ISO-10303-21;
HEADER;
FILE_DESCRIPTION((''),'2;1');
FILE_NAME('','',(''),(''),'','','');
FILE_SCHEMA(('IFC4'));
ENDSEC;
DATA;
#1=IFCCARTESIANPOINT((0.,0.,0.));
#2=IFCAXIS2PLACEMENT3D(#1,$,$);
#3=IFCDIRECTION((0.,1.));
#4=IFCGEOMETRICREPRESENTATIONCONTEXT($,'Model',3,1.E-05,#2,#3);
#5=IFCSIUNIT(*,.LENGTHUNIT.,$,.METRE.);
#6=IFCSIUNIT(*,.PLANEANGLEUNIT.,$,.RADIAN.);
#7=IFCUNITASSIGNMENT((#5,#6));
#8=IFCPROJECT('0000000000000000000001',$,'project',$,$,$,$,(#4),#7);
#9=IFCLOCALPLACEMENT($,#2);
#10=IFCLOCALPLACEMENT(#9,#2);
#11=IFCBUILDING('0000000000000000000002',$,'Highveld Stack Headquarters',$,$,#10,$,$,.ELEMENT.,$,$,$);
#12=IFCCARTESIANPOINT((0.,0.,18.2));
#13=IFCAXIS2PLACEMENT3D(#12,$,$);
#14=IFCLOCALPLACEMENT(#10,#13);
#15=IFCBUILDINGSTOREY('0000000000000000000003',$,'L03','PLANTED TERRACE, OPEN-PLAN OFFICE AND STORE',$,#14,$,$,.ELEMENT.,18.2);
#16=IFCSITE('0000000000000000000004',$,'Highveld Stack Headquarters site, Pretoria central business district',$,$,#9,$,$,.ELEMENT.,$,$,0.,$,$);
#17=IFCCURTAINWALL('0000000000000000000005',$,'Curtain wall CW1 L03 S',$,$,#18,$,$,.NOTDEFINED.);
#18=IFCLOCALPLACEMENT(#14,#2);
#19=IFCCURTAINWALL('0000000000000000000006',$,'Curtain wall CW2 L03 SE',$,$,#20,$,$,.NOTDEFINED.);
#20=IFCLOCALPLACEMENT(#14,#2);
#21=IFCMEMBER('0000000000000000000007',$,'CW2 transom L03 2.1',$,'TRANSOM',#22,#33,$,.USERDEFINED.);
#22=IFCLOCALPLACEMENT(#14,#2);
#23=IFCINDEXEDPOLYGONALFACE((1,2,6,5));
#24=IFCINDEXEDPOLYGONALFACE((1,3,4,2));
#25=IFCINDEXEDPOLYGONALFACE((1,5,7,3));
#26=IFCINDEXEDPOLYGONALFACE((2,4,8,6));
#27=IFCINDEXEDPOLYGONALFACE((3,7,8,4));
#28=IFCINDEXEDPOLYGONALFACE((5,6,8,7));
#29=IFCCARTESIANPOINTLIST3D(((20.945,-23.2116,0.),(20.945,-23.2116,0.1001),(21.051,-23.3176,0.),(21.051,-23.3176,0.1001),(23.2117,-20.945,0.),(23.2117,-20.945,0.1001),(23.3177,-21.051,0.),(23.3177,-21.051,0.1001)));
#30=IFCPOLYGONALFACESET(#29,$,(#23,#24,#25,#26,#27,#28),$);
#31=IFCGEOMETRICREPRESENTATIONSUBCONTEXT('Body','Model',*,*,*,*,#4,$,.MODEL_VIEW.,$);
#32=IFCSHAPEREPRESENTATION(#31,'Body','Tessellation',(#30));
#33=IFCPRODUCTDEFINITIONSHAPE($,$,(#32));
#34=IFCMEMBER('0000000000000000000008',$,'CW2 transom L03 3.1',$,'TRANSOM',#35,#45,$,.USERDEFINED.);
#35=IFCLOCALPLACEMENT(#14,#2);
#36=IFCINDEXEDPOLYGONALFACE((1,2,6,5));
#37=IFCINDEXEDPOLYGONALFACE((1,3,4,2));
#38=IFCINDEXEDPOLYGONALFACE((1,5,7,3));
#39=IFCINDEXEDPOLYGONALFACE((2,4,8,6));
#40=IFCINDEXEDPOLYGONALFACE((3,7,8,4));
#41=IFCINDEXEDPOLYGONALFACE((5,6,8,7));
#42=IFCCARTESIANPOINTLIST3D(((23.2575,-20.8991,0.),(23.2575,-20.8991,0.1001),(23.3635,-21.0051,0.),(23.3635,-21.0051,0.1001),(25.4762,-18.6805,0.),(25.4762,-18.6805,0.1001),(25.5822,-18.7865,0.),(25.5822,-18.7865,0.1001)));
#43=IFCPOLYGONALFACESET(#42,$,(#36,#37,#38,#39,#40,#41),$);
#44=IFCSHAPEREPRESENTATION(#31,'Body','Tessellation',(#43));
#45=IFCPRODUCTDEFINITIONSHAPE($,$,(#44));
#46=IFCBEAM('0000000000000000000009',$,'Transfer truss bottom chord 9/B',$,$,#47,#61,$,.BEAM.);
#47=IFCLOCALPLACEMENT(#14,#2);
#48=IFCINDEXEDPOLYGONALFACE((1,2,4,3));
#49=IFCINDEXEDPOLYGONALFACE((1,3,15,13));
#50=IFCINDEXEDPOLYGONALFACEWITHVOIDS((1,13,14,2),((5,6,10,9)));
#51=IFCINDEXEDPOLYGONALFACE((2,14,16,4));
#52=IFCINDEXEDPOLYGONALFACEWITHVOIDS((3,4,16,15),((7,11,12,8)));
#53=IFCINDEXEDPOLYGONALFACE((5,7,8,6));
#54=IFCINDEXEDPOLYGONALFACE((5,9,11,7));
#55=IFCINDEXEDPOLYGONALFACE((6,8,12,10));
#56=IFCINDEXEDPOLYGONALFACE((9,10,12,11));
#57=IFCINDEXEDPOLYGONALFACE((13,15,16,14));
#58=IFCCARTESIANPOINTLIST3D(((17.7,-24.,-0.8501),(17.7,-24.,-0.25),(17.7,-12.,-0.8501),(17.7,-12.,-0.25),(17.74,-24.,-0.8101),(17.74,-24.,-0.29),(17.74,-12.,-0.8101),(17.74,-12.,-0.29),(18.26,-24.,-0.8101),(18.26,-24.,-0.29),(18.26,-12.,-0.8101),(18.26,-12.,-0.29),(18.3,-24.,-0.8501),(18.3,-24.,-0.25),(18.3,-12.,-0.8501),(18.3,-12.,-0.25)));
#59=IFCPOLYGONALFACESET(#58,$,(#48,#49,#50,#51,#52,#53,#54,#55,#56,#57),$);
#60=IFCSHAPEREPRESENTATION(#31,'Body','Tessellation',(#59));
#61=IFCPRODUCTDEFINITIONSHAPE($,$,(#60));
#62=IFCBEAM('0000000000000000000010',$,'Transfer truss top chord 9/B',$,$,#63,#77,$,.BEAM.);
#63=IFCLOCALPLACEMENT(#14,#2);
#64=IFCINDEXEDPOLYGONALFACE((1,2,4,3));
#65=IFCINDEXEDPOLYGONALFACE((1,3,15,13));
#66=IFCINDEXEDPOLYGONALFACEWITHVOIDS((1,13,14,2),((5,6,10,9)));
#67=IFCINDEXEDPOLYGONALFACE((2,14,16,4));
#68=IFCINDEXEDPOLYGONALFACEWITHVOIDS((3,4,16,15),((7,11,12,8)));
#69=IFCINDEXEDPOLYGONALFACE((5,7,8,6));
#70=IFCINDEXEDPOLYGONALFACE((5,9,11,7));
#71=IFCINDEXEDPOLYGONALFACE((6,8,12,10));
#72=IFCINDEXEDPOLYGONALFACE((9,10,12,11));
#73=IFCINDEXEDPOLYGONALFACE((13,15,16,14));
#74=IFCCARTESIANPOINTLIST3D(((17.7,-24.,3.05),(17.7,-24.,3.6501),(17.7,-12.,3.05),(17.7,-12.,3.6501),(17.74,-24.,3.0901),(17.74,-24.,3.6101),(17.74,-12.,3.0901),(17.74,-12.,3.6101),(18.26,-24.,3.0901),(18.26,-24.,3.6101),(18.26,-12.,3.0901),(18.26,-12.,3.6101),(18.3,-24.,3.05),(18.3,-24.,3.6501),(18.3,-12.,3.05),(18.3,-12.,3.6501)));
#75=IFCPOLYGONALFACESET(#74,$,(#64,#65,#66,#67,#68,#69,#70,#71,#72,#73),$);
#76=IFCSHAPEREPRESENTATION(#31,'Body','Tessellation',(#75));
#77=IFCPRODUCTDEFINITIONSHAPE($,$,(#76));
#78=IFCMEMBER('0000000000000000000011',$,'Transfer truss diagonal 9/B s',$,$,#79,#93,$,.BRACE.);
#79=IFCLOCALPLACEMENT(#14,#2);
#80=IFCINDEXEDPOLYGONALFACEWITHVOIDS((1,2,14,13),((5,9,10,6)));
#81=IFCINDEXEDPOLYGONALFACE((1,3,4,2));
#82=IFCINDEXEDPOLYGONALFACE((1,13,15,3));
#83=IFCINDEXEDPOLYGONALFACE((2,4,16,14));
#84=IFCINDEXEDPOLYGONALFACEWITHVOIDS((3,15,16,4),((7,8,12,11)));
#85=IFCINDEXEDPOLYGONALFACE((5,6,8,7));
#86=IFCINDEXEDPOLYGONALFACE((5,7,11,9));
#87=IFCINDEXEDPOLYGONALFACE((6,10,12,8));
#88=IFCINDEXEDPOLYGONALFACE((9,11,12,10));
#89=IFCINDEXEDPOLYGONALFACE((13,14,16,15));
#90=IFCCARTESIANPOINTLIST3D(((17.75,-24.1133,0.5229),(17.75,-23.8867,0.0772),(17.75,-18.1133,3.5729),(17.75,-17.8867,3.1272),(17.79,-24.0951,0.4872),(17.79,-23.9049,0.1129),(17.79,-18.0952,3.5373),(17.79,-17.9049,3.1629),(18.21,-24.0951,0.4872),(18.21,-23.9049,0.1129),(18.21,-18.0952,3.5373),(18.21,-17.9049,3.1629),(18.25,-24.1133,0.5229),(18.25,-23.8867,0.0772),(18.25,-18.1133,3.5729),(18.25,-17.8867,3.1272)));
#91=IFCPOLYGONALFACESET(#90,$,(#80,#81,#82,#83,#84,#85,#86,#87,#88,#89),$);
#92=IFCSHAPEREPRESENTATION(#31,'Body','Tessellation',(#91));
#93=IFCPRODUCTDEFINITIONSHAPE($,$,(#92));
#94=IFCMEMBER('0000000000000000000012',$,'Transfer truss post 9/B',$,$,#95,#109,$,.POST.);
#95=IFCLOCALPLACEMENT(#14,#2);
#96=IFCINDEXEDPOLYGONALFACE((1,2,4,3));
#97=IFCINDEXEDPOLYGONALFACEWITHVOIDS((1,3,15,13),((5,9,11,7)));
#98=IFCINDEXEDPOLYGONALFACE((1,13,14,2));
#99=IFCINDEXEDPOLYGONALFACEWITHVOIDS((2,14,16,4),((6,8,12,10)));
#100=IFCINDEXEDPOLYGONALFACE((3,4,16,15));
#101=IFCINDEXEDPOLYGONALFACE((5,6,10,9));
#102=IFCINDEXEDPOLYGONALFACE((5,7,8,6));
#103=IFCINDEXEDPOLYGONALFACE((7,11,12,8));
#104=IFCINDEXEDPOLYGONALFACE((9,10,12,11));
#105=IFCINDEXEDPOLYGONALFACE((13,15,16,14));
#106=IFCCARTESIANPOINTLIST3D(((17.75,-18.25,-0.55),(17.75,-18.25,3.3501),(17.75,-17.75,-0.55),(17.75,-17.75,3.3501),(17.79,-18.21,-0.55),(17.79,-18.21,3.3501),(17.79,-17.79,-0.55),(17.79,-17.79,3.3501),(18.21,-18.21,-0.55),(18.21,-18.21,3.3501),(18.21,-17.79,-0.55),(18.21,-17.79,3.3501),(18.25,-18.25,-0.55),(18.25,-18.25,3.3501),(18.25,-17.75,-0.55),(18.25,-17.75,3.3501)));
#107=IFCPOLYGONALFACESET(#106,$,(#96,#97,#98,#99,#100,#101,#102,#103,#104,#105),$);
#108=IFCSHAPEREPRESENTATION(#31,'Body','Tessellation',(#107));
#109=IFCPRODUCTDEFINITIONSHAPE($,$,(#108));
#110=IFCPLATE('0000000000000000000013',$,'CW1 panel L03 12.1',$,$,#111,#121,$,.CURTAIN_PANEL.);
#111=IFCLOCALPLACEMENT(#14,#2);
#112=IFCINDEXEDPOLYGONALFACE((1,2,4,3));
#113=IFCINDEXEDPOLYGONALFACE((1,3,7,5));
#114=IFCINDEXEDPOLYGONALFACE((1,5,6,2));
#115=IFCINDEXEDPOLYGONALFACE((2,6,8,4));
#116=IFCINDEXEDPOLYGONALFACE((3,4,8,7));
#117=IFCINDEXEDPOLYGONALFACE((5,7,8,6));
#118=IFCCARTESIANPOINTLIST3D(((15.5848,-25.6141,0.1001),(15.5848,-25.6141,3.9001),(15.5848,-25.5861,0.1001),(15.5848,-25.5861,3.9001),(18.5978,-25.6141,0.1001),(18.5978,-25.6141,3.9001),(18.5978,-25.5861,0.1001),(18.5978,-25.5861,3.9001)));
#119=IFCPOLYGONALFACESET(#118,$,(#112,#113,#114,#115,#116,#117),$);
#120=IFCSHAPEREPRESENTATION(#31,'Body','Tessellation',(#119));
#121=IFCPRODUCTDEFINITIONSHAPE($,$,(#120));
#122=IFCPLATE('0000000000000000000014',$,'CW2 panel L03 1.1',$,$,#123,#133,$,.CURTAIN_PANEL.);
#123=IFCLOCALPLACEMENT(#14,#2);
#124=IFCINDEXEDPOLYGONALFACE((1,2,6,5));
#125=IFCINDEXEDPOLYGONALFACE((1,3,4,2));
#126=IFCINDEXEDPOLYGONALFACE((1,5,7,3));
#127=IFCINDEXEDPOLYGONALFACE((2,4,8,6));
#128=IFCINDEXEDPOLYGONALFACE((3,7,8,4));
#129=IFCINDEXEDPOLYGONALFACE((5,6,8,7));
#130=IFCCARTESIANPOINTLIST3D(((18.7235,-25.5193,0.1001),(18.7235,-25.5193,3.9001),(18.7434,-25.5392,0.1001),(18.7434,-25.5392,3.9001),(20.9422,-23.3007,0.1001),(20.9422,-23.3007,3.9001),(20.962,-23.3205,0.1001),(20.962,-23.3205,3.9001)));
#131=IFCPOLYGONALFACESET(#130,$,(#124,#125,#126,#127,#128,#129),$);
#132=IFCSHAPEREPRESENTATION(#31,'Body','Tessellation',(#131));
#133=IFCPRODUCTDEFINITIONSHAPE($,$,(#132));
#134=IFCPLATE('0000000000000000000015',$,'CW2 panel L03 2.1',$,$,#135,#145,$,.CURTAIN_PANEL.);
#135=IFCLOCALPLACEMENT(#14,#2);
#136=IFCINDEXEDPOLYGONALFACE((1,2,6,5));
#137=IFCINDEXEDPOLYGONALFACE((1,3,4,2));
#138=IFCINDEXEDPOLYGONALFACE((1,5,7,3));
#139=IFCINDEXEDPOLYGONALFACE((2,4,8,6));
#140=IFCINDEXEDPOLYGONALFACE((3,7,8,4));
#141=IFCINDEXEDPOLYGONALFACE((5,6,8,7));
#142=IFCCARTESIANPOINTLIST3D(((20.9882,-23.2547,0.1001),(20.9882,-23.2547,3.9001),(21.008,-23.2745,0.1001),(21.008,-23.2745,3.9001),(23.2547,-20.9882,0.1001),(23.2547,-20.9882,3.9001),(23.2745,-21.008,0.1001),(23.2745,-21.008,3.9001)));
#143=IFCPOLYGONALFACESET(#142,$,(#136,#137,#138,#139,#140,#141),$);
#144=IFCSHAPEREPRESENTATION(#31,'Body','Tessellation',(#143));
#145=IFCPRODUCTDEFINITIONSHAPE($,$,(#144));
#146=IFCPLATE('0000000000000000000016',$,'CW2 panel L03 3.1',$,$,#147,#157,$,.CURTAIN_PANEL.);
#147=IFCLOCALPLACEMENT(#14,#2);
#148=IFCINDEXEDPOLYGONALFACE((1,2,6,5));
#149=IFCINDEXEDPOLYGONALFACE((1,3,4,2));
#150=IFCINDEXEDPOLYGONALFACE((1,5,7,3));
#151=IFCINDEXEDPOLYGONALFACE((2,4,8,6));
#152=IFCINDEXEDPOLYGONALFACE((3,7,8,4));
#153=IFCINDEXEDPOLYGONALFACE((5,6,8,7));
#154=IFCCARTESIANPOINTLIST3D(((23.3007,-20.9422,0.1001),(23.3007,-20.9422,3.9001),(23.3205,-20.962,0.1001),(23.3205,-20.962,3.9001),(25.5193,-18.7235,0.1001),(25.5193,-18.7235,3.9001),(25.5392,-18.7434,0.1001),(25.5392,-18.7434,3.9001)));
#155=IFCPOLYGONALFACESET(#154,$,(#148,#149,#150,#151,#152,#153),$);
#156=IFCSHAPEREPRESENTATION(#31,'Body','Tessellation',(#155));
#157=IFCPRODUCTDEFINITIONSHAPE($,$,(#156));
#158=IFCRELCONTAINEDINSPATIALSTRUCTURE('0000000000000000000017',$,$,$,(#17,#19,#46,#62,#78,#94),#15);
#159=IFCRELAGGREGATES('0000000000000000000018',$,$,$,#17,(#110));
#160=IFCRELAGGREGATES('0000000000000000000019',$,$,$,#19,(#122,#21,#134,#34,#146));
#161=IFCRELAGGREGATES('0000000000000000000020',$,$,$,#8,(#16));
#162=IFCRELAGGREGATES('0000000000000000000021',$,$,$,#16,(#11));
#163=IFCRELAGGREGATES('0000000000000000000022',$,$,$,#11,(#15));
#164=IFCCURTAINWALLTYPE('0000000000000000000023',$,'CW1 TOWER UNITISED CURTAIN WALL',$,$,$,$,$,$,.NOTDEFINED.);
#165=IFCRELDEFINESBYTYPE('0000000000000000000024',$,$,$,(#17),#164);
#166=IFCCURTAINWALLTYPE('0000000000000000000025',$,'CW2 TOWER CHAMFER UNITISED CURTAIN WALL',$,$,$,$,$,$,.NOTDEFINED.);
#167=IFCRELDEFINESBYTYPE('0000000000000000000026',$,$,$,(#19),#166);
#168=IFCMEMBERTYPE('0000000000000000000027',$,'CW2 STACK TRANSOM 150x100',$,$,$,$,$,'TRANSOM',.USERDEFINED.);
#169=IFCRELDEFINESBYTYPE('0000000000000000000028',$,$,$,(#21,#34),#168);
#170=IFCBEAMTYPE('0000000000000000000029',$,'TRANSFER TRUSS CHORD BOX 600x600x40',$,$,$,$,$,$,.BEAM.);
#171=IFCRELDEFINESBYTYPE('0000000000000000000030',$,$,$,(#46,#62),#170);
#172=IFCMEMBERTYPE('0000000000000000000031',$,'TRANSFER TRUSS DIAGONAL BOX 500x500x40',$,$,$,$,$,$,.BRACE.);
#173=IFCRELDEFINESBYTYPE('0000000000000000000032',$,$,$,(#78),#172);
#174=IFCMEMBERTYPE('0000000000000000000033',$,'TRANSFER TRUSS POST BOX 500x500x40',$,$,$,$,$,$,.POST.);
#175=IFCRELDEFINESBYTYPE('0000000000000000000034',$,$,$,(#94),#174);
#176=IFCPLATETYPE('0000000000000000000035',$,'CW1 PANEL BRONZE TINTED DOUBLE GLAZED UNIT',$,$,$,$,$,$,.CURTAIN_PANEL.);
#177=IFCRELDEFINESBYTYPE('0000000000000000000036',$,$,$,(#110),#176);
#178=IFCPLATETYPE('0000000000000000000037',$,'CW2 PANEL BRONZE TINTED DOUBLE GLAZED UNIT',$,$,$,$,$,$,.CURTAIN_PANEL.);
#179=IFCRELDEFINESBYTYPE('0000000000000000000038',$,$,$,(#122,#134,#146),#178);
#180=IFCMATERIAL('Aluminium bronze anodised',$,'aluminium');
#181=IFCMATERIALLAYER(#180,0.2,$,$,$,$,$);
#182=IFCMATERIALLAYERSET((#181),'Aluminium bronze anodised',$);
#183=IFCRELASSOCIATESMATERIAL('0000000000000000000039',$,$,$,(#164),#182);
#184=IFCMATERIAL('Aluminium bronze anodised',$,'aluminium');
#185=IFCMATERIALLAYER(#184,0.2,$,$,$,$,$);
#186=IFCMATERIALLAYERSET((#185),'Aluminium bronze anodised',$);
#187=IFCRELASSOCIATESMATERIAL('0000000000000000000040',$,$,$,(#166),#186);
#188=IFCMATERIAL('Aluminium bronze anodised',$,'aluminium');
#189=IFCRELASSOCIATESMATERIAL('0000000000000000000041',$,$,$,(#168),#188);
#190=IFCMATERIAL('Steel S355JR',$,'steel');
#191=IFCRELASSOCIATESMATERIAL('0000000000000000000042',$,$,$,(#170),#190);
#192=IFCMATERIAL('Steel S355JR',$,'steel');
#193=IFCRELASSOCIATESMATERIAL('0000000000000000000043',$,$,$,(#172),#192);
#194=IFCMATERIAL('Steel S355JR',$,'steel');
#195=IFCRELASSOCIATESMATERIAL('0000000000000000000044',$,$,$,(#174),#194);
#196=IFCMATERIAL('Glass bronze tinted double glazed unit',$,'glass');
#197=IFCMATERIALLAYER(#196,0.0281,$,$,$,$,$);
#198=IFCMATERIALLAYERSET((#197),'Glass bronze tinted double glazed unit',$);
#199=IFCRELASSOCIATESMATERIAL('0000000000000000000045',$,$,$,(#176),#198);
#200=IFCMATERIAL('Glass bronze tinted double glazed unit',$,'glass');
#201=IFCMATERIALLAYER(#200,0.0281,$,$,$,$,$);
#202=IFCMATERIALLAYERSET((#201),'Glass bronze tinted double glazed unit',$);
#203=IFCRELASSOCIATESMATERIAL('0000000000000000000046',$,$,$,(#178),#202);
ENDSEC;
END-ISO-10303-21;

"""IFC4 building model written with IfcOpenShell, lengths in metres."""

from ifc_helpers import new_model, si_unit, direction, frame, origin, origin_2d, place, context, subcontext, project, spatial, rectangle, hollow_rectangle, extrude, material, layer, layer_set, material_profile, profile_set, type_object, element, aggregate, save


model = new_model("IFC4")

# Units and contexts
model_context = context("Model", 3, precision=1e-05, world=origin(), true_north=direction((0.0, 1.0)))
body_context = subcontext(model_context, "Body", "Model", "MODEL_VIEW")
ifc_project = project(units=[si_unit("LENGTHUNIT", "METRE"), si_unit("PLANEANGLEUNIT", "RADIAN")], contexts=[model_context])

# Site, building, storey
site_placement = place(None, origin())
site = spatial("IfcSite", under=ifc_project, at=site_placement, Name="Highveld Stack Headquarters site, Pretoria central business district", CompositionType="ELEMENT", RefElevation=0.0)
building_placement = place(site_placement, origin())
building = spatial("IfcBuilding", under=site, at=building_placement, Name="Highveld Stack Headquarters", CompositionType="ELEMENT")
storey_placement = place(building_placement, frame((0.0, 0.0, 18.2)))
storey = spatial("IfcBuildingStorey", under=building, at=storey_placement, Name="L03", Description="PLANTED TERRACE, OPEN-PLAN OFFICE AND STORE", CompositionType="ELEMENT", Elevation=18.2)

# Curtain wall
ifc_material_1 = material(Name="Aluminium bronze anodised", Category="aluminium")
ifc_layer_1 = layer(ifc_material_1, 0.2)
ifc_layer_set_1 = layer_set([ifc_layer_1], Name="Aluminium bronze anodised")
curtain_wall_type_1 = type_object("IfcCurtainWallType", Name="CW1 TOWER UNITISED CURTAIN WALL", PredefinedType="NOTDEFINED", material=ifc_layer_set_1)
curtain_wall_1_placement = place(storey_placement, origin())
curtain_wall_1 = element("IfcCurtainWall", 1, at=curtain_wall_1_placement, inside=storey, type_object=curtain_wall_type_1, Name="Curtain wall CW1 L03 S", PredefinedType="NOTDEFINED")

# Curtain wall, members
ifc_material_2 = material(Name="Aluminium bronze anodised", Category="aluminium")
ifc_layer_2 = layer(ifc_material_2, 0.2)
ifc_layer_set_2 = layer_set([ifc_layer_2], Name="Aluminium bronze anodised")
curtain_wall_type_2 = type_object("IfcCurtainWallType", Name="CW2 TOWER CHAMFER UNITISED CURTAIN WALL", PredefinedType="NOTDEFINED", material=ifc_layer_set_2)
curtain_wall_2_placement = place(storey_placement, origin())
curtain_wall_2 = element("IfcCurtainWall", 2, at=curtain_wall_2_placement, inside=storey, type_object=curtain_wall_type_2, Name="Curtain wall CW2 L03 SE", PredefinedType="NOTDEFINED")
ifc_material_3 = material(Name="Aluminium bronze anodised", Category="aluminium")
ifc_material_profile_1 = material_profile(ifc_material_3, rectangle(XDim=0.1499, YDim=0.1001, at=origin_2d()), Name="CW2 TRANSOM 150x100")
ifc_profile_set_1 = profile_set([ifc_material_profile_1], Name="Aluminium bronze anodised")
member_type_1 = type_object("IfcMemberType", Name="CW2 STACK TRANSOM 150x100", ElementType="TRANSOM", PredefinedType="USERDEFINED", material=ifc_profile_set_1)
member_1_placement = place(storey_placement, frame((20.998, -23.2646, 0.05), z_axis=(0.707107, 0.707107, 0.0), x_axis=(-0.707107, 0.707107, 0.0)))
member_1 = element("IfcMember", 3, at=member_1_placement, type_object=member_type_1, Name="CW2 transom L03 2.1", ObjectType="TRANSOM", PredefinedType="USERDEFINED", context=body_context, shape_type="SweptSolid", body=[
    extrude(rectangle(XDim=0.1499, YDim=0.1001, at=origin_2d()), origin(), (0.0, 0.0, 1.0), 3.2056),
])
member_2_placement = place(storey_placement, frame((23.3105, -20.9521, 0.05), z_axis=(0.707107, 0.707107, 0.0), x_axis=(-0.707107, 0.707107, 0.0)))
member_2 = element("IfcMember", 4, at=member_2_placement, type_object=member_type_1, Name="CW2 transom L03 3.1", ObjectType="TRANSOM", PredefinedType="USERDEFINED", context=body_context, shape_type="SweptSolid", body=[
    extrude(rectangle(XDim=0.1499, YDim=0.1001, at=origin_2d()), origin(), (0.0, 0.0, 1.0), 3.1377),
])

# Beams
ifc_material_4 = material(Name="Steel S355JR", Category="steel")
ifc_material_profile_2 = material_profile(ifc_material_4, hollow_rectangle(XDim=0.6001, YDim=0.6001, WallThickness=0.04, at=origin_2d()), Name="BOX 600x600x40")
ifc_profile_set_2 = profile_set([ifc_material_profile_2], Name="Steel S355JR")
beam_type = type_object("IfcBeamType", Name="TRANSFER TRUSS CHORD BOX 600x600x40", PredefinedType="BEAM", material=ifc_profile_set_2)
for number, where, z_axis, x_axis, name in (
    (5, (18.0, -24.0, -0.55), (0.0, 1.0, 0.0), (-1.0, 0.0, 0.0), "Transfer truss bottom chord 9/B"),
    (6, (18.0, -24.0, 3.3501), (0.0, 1.0, 0.0), (-1.0, 0.0, 0.0), "Transfer truss top chord 9/B"),
):
    element("IfcBeam", number, at=place(storey_placement, frame(where, z_axis=z_axis, x_axis=x_axis)), inside=storey, type_object=beam_type, Name=name, PredefinedType="BEAM", context=body_context, shape_type="SweptSolid", body=[
        extrude(hollow_rectangle(XDim=0.6001, YDim=0.6001, WallThickness=0.04, at=origin_2d()), origin(), (0.0, 0.0, 1.0), 12.0),
    ])

# Members
ifc_material_5 = material(Name="Steel S355JR", Category="steel")
ifc_material_profile_3 = material_profile(ifc_material_5, hollow_rectangle(XDim=0.5, YDim=0.5, WallThickness=0.04, at=origin_2d()), Name="BOX 500x500x40")
ifc_profile_set_3 = profile_set([ifc_material_profile_3], Name="Steel S355JR")
member_type_2 = type_object("IfcMemberType", Name="TRANSFER TRUSS DIAGONAL BOX 500x500x40", PredefinedType="BRACE", material=ifc_profile_set_3)
member_3_placement = place(storey_placement, frame((18.0, -24.0, 0.3), z_axis=(0.0, 0.891433, 0.453152), x_axis=(-1.0, 0.0, 0.0)))
element("IfcMember", 7, at=member_3_placement, inside=storey, type_object=member_type_2, Name="Transfer truss diagonal 9/B s", PredefinedType="BRACE", context=body_context, shape_type="SweptSolid", body=[
    extrude(hollow_rectangle(XDim=0.5, YDim=0.5, WallThickness=0.04, at=origin_2d()), origin(), (0.0, 0.0, 1.0), 6.7307),
])
ifc_material_6 = material(Name="Steel S355JR", Category="steel")
ifc_material_profile_4 = material_profile(ifc_material_6, hollow_rectangle(XDim=0.5, YDim=0.5, WallThickness=0.04, at=origin_2d()), Name="BOX 500x500x40")
ifc_profile_set_4 = profile_set([ifc_material_profile_4], Name="Steel S355JR")
member_type_3 = type_object("IfcMemberType", Name="TRANSFER TRUSS POST BOX 500x500x40", PredefinedType="POST", material=ifc_profile_set_4)
member_4_placement = place(storey_placement, frame((18.0, -18.0, -0.55), z_axis=(0.0, 0.0, 1.0), x_axis=(1.0, 0.0, 0.0)))
element("IfcMember", 8, at=member_4_placement, inside=storey, type_object=member_type_3, Name="Transfer truss post 9/B", PredefinedType="POST", context=body_context, shape_type="SweptSolid", body=[
    extrude(hollow_rectangle(XDim=0.5, YDim=0.5, WallThickness=0.04, at=origin_2d()), origin(), (0.0, 0.0, 1.0), 3.9001),
])

# Plates
ifc_material_7 = material(Name="Glass bronze tinted double glazed unit", Category="glass")
ifc_layer_3 = layer(ifc_material_7, 0.0281)
ifc_layer_set_3 = layer_set([ifc_layer_3], Name="Glass bronze tinted double glazed unit")
plate_type_1 = type_object("IfcPlateType", Name="CW1 PANEL BRONZE TINTED DOUBLE GLAZED UNIT", PredefinedType="CURTAIN_PANEL", material=ifc_layer_set_3)
plate_1_placement = place(storey_placement, frame((17.0913, -25.6001, 0.1001), z_axis=(0.0, 0.0, 1.0), x_axis=(1.0, 0.0, 0.0)))
plate_1 = element("IfcPlate", 9, at=plate_1_placement, type_object=plate_type_1, Name="CW1 panel L03 12.1", PredefinedType="CURTAIN_PANEL", context=body_context, shape_type="SweptSolid", body=[
    extrude(rectangle(XDim=3.0129, YDim=0.0281, at=origin_2d()), origin(), (0.0, 0.0, 1.0), 3.8),
])
aggregate(curtain_wall_1, [plate_1])
ifc_material_8 = material(Name="Glass bronze tinted double glazed unit", Category="glass")
ifc_layer_4 = layer(ifc_material_8, 0.0281)
ifc_layer_set_4 = layer_set([ifc_layer_4], Name="Glass bronze tinted double glazed unit")
plate_type_2 = type_object("IfcPlateType", Name="CW2 PANEL BRONZE TINTED DOUBLE GLAZED UNIT", PredefinedType="CURTAIN_PANEL", material=ifc_layer_set_4)
plate_2_placement = place(storey_placement, frame((19.8428, -24.4199, 0.1001), z_axis=(0.0, 0.0, 1.0), x_axis=(0.707107, 0.707107, 0.0)))
plate_2 = element("IfcPlate", 10, at=plate_2_placement, type_object=plate_type_2, Name="CW2 panel L03 1.1", PredefinedType="CURTAIN_PANEL", context=body_context, shape_type="SweptSolid", body=[
    extrude(rectangle(XDim=3.1377, YDim=0.0281, at=origin_2d()), origin(), (0.0, 0.0, 1.0), 3.8),
])
plate_3_placement = place(storey_placement, frame((22.1313, -22.1313, 0.1001), z_axis=(0.0, 0.0, 1.0), x_axis=(0.707107, 0.707107, 0.0)))
plate_3 = element("IfcPlate", 11, at=plate_3_placement, type_object=plate_type_2, Name="CW2 panel L03 2.1", PredefinedType="CURTAIN_PANEL", context=body_context, shape_type="SweptSolid", body=[
    extrude(rectangle(XDim=3.2053, YDim=0.0281, at=origin_2d()), origin(), (0.0, 0.0, 1.0), 3.8),
])
plate_4_placement = place(storey_placement, frame((24.4199, -19.8428, 0.1001), z_axis=(0.0, 0.0, 1.0), x_axis=(0.707107, 0.707107, 0.0)))
plate_4 = element("IfcPlate", 12, at=plate_4_placement, type_object=plate_type_2, Name="CW2 panel L03 3.1", PredefinedType="CURTAIN_PANEL", context=body_context, shape_type="SweptSolid", body=[
    extrude(rectangle(XDim=3.1377, YDim=0.0281, at=origin_2d()), origin(), (0.0, 0.0, 1.0), 3.8),
])
aggregate(curtain_wall_2, [plate_2, member_1, plate_3, member_2, plate_4])

save(model, "model.ifc")
